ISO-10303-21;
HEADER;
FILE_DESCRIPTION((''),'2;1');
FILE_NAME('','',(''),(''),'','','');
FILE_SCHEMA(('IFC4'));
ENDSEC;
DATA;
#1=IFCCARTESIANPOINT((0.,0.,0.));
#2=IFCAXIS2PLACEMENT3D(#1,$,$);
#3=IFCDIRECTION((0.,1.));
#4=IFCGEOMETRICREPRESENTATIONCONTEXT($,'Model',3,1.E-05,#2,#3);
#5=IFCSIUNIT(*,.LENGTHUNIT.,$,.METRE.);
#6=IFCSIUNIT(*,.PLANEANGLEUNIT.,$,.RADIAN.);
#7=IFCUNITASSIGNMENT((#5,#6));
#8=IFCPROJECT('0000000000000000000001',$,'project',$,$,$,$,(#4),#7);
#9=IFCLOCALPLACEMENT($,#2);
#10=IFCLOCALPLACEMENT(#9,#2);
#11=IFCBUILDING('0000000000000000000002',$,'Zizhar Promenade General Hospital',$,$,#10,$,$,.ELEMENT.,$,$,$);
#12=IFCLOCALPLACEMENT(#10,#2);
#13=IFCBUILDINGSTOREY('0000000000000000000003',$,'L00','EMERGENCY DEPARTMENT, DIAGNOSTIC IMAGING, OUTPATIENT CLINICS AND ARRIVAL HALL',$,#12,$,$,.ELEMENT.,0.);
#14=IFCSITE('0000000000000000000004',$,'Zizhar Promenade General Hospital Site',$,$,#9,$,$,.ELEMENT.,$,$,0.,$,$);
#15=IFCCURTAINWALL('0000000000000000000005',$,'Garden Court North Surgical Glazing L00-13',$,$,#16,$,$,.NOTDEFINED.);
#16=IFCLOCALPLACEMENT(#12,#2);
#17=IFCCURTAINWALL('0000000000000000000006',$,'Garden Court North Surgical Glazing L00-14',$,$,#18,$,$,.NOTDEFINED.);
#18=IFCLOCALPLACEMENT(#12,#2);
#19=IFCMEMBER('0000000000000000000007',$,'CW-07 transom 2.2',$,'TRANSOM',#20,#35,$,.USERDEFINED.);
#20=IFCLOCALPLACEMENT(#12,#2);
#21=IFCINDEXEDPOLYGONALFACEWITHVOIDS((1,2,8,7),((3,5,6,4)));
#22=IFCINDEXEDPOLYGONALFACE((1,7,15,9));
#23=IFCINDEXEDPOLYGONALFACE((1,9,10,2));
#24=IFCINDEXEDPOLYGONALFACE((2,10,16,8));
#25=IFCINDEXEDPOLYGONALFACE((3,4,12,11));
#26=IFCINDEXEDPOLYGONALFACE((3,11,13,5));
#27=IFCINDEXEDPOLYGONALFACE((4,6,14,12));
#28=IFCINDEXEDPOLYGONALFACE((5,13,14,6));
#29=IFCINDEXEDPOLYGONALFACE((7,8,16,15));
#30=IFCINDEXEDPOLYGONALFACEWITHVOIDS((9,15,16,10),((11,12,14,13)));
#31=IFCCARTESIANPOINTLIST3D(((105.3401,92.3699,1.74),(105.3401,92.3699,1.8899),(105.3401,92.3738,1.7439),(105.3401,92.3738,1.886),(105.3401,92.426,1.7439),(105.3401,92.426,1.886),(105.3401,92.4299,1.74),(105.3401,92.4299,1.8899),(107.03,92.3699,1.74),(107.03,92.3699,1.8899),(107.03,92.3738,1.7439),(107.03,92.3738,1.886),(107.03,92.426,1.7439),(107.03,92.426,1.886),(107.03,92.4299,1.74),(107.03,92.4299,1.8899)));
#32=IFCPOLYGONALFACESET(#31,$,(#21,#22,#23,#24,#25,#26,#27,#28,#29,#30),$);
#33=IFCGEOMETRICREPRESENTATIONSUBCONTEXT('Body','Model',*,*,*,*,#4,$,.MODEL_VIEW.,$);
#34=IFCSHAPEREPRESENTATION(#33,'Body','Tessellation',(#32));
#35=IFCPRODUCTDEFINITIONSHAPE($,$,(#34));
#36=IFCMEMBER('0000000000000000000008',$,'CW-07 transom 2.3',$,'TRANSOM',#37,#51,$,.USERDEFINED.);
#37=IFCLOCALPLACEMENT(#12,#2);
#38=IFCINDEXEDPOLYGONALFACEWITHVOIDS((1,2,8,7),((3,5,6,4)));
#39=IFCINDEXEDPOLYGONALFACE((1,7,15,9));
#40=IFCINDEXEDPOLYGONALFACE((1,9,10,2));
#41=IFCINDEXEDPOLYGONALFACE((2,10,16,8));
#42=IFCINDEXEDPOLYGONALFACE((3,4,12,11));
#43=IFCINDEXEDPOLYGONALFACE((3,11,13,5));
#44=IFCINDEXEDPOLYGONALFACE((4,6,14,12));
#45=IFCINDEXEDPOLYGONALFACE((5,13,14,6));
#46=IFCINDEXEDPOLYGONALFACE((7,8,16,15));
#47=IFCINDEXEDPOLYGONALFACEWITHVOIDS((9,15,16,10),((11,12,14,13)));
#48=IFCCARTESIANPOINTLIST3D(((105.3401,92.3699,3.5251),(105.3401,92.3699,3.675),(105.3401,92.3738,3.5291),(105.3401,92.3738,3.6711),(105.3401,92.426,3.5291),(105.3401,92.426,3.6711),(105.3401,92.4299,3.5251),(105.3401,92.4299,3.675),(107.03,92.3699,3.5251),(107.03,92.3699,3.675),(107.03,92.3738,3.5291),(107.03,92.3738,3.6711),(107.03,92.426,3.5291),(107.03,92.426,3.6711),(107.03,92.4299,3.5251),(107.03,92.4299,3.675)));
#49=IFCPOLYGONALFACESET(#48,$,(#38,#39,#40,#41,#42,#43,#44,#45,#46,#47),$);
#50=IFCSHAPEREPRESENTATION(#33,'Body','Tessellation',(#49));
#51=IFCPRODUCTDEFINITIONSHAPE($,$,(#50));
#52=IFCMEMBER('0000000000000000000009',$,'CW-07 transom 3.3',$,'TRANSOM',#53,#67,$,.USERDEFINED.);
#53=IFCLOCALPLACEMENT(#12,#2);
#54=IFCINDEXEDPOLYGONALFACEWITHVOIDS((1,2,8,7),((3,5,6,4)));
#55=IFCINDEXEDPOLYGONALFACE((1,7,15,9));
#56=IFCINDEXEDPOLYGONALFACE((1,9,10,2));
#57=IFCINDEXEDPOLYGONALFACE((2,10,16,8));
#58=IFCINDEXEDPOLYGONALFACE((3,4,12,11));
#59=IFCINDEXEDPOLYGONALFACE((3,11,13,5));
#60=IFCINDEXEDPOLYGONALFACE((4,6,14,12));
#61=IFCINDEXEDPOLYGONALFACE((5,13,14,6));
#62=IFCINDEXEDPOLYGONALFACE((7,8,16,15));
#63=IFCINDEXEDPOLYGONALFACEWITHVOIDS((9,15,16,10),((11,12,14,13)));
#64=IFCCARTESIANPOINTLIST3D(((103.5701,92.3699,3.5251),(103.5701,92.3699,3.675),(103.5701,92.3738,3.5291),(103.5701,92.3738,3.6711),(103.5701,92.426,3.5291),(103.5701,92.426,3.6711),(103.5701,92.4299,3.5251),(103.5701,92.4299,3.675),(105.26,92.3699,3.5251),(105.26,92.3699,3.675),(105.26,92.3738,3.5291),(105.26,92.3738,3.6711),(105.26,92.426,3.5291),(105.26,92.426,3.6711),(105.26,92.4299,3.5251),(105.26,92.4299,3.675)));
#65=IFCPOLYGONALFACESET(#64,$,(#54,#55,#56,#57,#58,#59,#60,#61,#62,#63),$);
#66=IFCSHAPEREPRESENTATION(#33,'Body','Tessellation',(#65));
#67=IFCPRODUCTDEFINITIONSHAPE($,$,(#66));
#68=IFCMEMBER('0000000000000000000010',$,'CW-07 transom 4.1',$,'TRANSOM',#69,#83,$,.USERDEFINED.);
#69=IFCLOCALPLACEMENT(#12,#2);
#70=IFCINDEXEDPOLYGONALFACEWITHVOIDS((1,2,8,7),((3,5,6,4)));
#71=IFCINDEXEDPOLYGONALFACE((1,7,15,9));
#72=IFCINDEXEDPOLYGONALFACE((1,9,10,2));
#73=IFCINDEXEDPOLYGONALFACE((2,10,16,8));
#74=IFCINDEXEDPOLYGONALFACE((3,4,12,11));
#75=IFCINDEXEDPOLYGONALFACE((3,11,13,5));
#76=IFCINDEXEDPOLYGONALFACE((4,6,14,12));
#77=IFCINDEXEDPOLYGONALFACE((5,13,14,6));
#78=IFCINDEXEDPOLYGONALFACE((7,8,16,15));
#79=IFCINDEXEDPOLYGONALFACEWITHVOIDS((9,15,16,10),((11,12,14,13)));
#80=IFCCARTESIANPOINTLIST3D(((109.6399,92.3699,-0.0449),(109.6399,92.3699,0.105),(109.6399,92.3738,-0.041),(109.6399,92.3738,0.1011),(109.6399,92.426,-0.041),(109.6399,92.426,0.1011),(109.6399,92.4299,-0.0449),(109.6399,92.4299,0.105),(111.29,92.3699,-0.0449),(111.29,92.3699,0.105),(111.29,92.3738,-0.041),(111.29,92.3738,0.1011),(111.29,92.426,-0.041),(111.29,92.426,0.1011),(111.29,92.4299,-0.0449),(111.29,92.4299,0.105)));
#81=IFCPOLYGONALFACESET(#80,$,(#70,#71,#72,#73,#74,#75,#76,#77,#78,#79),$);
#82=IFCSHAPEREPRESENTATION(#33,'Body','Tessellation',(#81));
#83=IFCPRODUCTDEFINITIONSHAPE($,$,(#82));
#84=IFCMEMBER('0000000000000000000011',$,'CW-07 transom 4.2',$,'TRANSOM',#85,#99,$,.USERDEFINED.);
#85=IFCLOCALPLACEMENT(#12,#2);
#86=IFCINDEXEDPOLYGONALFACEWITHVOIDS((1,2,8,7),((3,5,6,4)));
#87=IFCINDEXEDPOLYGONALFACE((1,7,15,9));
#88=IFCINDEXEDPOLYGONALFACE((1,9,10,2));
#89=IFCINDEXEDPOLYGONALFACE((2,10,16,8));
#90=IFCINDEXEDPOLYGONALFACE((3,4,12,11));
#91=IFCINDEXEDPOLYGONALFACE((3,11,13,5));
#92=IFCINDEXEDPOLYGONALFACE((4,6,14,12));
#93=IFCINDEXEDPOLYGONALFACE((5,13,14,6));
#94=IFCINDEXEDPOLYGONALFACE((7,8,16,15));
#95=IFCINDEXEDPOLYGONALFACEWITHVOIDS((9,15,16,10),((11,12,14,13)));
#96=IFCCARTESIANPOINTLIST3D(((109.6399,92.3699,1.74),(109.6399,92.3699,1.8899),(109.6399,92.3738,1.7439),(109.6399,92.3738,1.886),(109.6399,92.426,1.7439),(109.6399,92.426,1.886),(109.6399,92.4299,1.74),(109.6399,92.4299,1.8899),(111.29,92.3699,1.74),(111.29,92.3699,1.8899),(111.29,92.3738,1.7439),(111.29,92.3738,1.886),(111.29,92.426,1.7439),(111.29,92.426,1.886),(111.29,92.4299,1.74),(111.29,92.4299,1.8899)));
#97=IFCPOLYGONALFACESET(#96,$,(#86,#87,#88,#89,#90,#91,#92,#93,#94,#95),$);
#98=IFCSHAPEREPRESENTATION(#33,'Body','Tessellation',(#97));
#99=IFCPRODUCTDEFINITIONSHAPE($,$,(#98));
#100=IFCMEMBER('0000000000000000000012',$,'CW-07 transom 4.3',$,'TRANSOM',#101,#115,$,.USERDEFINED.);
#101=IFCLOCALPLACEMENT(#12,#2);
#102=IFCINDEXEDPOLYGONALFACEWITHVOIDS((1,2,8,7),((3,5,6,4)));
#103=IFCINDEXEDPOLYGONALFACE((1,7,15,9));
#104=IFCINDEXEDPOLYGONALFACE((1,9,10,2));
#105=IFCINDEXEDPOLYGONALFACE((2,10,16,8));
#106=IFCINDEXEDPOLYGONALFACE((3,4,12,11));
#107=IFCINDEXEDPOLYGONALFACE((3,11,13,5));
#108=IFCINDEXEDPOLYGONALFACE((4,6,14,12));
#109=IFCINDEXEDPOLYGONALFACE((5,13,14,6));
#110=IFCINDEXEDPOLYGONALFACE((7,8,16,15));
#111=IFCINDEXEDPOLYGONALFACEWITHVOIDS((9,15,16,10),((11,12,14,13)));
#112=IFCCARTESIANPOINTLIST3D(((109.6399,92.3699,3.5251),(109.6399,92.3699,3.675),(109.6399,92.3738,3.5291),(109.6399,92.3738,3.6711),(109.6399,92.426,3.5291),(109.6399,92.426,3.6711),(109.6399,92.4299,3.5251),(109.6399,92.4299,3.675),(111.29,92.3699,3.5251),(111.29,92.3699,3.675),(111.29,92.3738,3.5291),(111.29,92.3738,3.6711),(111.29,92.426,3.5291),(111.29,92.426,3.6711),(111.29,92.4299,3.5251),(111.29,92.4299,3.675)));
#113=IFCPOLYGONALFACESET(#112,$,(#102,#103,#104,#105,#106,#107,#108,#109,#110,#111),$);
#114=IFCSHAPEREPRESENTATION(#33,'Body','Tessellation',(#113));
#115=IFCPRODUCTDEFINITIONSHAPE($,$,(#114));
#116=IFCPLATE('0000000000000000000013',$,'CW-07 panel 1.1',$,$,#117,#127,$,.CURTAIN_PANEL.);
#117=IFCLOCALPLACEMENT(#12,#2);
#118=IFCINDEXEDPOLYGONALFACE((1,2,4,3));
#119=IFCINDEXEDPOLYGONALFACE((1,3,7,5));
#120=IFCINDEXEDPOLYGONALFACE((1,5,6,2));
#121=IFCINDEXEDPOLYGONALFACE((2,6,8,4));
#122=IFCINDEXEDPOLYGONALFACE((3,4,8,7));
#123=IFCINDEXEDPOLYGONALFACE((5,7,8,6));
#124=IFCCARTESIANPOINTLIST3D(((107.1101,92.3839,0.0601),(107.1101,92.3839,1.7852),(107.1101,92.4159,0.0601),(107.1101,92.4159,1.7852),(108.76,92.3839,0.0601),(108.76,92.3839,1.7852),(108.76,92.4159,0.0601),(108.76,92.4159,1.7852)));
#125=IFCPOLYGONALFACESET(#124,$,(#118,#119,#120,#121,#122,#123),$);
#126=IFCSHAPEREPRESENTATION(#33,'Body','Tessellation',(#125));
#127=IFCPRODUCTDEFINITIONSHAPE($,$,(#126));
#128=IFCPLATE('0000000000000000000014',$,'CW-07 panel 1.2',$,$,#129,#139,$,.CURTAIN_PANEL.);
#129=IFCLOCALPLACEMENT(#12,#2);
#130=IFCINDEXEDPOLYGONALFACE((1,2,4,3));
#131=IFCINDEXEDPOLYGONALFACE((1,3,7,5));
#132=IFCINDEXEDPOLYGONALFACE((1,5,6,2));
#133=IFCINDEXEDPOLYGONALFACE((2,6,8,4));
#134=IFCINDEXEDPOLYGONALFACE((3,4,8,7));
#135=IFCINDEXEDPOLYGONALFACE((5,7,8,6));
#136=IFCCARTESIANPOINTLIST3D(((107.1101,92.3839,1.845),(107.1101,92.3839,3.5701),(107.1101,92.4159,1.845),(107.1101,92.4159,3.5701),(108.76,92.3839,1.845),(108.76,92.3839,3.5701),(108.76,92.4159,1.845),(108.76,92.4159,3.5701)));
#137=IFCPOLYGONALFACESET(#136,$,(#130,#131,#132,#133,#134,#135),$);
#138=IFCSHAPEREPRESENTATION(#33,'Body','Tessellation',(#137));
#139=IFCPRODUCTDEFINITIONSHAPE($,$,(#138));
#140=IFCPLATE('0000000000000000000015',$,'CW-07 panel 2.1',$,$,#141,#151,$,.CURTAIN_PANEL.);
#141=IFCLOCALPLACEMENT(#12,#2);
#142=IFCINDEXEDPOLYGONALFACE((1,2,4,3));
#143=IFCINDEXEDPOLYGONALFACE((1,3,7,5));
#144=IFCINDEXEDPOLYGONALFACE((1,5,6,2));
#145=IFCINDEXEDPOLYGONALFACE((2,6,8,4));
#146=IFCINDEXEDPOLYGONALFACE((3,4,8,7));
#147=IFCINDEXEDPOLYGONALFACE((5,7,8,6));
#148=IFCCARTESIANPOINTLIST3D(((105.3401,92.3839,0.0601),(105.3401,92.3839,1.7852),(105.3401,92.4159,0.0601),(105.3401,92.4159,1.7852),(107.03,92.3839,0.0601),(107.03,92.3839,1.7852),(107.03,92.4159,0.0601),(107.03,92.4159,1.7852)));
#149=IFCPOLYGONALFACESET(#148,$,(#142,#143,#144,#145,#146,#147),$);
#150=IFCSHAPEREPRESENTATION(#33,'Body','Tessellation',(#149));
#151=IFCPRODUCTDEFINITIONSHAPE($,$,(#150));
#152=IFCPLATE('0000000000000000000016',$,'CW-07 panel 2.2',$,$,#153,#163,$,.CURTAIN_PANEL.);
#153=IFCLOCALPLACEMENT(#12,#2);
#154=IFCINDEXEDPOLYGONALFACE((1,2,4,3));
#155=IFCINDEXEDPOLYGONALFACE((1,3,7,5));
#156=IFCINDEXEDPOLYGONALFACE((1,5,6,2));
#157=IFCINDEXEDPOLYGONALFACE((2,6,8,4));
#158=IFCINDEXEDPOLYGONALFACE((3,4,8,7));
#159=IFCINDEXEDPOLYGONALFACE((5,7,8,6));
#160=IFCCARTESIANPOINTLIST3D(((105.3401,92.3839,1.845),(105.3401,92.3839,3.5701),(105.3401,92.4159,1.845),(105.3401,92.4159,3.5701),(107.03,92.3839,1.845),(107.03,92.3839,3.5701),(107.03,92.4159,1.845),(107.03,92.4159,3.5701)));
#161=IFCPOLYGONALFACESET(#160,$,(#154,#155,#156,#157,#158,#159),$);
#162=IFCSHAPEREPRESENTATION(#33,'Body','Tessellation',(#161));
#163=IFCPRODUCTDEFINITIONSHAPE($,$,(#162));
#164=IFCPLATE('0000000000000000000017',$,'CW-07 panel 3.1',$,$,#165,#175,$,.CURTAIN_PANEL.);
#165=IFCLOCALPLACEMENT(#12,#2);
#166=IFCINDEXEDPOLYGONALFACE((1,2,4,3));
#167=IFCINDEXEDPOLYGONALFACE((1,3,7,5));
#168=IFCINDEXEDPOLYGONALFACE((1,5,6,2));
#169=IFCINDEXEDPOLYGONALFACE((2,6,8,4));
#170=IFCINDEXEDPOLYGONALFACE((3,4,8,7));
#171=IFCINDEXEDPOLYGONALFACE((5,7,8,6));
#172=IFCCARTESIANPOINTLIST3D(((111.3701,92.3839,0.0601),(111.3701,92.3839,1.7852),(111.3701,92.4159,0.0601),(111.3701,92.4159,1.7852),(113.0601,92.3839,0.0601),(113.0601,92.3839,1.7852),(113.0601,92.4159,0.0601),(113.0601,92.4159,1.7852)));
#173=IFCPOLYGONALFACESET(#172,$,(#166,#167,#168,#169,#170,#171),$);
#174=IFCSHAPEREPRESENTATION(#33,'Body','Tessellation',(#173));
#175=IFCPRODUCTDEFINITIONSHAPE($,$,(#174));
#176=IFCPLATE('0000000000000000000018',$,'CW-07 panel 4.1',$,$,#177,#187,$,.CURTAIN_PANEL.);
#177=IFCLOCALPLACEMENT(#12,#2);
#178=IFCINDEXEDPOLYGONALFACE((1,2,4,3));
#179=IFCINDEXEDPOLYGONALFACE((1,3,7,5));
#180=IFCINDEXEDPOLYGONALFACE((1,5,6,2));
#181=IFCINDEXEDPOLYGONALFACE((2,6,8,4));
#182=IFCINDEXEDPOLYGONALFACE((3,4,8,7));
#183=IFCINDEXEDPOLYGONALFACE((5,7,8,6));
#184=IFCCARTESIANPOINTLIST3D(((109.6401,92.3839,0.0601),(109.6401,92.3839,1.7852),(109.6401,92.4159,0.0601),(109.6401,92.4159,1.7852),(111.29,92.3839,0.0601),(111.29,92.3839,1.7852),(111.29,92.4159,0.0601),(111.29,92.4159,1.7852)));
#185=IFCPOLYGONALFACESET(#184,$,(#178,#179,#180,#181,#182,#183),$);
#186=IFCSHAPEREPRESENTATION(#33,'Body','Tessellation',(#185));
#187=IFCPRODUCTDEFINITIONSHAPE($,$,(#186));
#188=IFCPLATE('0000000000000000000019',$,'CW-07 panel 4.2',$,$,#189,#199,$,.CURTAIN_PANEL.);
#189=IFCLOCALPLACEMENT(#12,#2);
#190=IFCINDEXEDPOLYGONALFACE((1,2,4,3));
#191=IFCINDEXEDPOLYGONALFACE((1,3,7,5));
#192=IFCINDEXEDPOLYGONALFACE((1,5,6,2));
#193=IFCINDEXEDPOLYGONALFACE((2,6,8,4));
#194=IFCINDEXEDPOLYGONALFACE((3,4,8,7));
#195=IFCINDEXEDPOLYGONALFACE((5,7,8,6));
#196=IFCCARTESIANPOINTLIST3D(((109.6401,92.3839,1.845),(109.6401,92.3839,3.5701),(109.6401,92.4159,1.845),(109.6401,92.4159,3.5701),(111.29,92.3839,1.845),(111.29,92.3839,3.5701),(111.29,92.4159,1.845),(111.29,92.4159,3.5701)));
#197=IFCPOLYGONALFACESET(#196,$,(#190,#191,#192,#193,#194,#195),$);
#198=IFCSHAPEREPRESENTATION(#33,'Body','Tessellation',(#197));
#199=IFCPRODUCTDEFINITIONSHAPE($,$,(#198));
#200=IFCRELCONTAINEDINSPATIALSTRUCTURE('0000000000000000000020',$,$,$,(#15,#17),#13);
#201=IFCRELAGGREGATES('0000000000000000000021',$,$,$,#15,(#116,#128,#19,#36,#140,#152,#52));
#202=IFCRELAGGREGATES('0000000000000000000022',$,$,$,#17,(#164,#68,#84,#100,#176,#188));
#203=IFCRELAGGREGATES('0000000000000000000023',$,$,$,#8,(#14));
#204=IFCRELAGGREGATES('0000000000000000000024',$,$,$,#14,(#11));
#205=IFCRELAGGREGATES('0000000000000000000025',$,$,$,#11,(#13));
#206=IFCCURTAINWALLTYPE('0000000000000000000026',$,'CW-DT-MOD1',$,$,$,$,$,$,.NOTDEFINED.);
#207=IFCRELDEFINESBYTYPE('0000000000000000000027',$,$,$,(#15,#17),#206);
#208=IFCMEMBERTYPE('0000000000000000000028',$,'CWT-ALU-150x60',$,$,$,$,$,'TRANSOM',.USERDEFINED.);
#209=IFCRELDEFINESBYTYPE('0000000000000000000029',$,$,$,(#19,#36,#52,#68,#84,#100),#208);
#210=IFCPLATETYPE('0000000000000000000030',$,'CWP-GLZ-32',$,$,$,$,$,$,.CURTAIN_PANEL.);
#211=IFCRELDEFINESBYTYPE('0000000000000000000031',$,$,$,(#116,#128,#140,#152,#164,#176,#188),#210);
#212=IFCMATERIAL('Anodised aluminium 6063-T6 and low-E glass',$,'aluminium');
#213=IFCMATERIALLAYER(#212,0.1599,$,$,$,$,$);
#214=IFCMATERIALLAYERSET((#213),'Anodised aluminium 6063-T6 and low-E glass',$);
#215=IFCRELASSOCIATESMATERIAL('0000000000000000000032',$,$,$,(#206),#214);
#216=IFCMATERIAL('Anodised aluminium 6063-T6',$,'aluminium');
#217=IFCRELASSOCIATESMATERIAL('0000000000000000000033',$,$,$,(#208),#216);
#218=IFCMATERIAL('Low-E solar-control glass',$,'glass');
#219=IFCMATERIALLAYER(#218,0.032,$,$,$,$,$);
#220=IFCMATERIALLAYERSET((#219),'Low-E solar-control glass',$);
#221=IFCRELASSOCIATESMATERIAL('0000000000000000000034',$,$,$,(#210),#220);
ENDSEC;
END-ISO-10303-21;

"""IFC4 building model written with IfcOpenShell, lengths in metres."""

from ifc_helpers import new_model, si_unit, direction, frame, origin, origin_2d, place, context, subcontext, project, spatial, rectangle, hollow_rectangle, extrude, material, layer, layer_set, material_profile, profile_set, type_object, element, aggregate, save


model = new_model("IFC4")

# Units and contexts
model_context = context("Model", 3, precision=1e-05, world=origin(), true_north=direction((0.0, 1.0)))
body_context = subcontext(model_context, "Body", "Model", "MODEL_VIEW")
ifc_project = project(units=[si_unit("LENGTHUNIT", "METRE"), si_unit("PLANEANGLEUNIT", "RADIAN")], contexts=[model_context])

# Site, building, storey
site_placement = place(None, origin())
site = spatial("IfcSite", under=ifc_project, at=site_placement, Name="Zizhar Promenade General Hospital Site", CompositionType="ELEMENT", RefElevation=0.0)
building_placement = place(site_placement, origin())
building = spatial("IfcBuilding", under=site, at=building_placement, Name="Zizhar Promenade General Hospital", CompositionType="ELEMENT")
storey_placement = place(building_placement, origin())
storey = spatial("IfcBuildingStorey", under=building, at=storey_placement, Name="L00", Description="EMERGENCY DEPARTMENT, DIAGNOSTIC IMAGING, OUTPATIENT CLINICS AND ARRIVAL HALL", CompositionType="ELEMENT", Elevation=0.0)

# Curtain walls
ifc_material_1 = material(Name="Anodised aluminium 6063-T6 and low-E glass", Category="aluminium")
ifc_layer_1 = layer(ifc_material_1, 0.1599)
ifc_layer_set_1 = layer_set([ifc_layer_1], Name="Anodised aluminium 6063-T6 and low-E glass")
curtain_wall_type = type_object("IfcCurtainWallType", Name="CW-DT-MOD1", PredefinedType="NOTDEFINED", material=ifc_layer_set_1)
curtain_wall_1_placement = place(storey_placement, origin())
curtain_wall_1 = element("IfcCurtainWall", 1, at=curtain_wall_1_placement, inside=storey, type_object=curtain_wall_type, Name="Garden Court North Surgical Glazing L00-13", PredefinedType="NOTDEFINED")
curtain_wall_2_placement = place(storey_placement, origin())
curtain_wall_2 = element("IfcCurtainWall", 2, at=curtain_wall_2_placement, inside=storey, type_object=curtain_wall_type, Name="Garden Court North Surgical Glazing L00-14", PredefinedType="NOTDEFINED")

# Members
ifc_material_2 = material(Name="Anodised aluminium 6063-T6", Category="aluminium")
ifc_material_profile_1 = material_profile(ifc_material_2, hollow_rectangle(XDim=0.0601, YDim=0.1499, WallThickness=0.0039, at=origin_2d()))
ifc_profile_set_1 = profile_set([ifc_material_profile_1], Name="Anodised aluminium 6063-T6")
member_type_1 = type_object("IfcMemberType", Name="CWT-ALU-150x60", ElementType="TRANSOM", PredefinedType="USERDEFINED", material=ifc_profile_set_1)
member_1_placement = place(storey_placement, frame((107.03, 92.3999, 1.8149), z_axis=(-1.0, 0.0, 0.0), x_axis=(0.0, -1.0, 0.0)))
member_1 = element("IfcMember", 3, at=member_1_placement, type_object=member_type_1, Name="CW-07 transom 2.2", ObjectType="TRANSOM", PredefinedType="USERDEFINED", context=body_context, shape_type="SweptSolid", body=[
    extrude(hollow_rectangle(XDim=0.0601, YDim=0.1499, WallThickness=0.0039, at=origin_2d()), origin(), (0.0, 0.0, 1.0), 1.6899),
])
member_2_placement = place(storey_placement, frame((107.03, 92.3999, 3.6001), z_axis=(-1.0, 0.0, 0.0), x_axis=(0.0, -1.0, 0.0)))
member_2 = element("IfcMember", 4, at=member_2_placement, type_object=member_type_1, Name="CW-07 transom 2.3", ObjectType="TRANSOM", PredefinedType="USERDEFINED", context=body_context, shape_type="SweptSolid", body=[
    extrude(hollow_rectangle(XDim=0.0601, YDim=0.1499, WallThickness=0.0039, at=origin_2d()), origin(), (0.0, 0.0, 1.0), 1.6899),
])
member_3_placement = place(storey_placement, frame((105.26, 92.3999, 3.6001), z_axis=(-1.0, 0.0, 0.0), x_axis=(0.0, -1.0, 0.0)))
member_3 = element("IfcMember", 5, at=member_3_placement, type_object=member_type_1, Name="CW-07 transom 3.3", ObjectType="TRANSOM", PredefinedType="USERDEFINED", context=body_context, shape_type="SweptSolid", body=[
    extrude(hollow_rectangle(XDim=0.0601, YDim=0.1499, WallThickness=0.0039, at=origin_2d()), origin(), (0.0, 0.0, 1.0), 1.6899),
])
member_4_placement = place(storey_placement, frame((111.29, 92.3999, 0.03), z_axis=(-1.0, 0.0, 0.0), x_axis=(0.0, -1.0, 0.0)))
member_4 = element("IfcMember", 6, at=member_4_placement, type_object=member_type_1, Name="CW-07 transom 4.1", ObjectType="TRANSOM", PredefinedType="USERDEFINED", context=body_context, shape_type="SweptSolid", body=[
    extrude(hollow_rectangle(XDim=0.0601, YDim=0.1499, WallThickness=0.0039, at=origin_2d()), origin(), (0.0, 0.0, 1.0), 1.6501),
])
member_5_placement = place(storey_placement, frame((111.29, 92.3999, 1.8149), z_axis=(-1.0, 0.0, 0.0), x_axis=(0.0, -1.0, 0.0)))
member_5 = element("IfcMember", 7, at=member_5_placement, type_object=member_type_1, Name="CW-07 transom 4.2", ObjectType="TRANSOM", PredefinedType="USERDEFINED", context=body_context, shape_type="SweptSolid", body=[
    extrude(hollow_rectangle(XDim=0.0601, YDim=0.1499, WallThickness=0.0039, at=origin_2d()), origin(), (0.0, 0.0, 1.0), 1.6501),
])
member_6_placement = place(storey_placement, frame((111.29, 92.3999, 3.6001), z_axis=(-1.0, 0.0, 0.0), x_axis=(0.0, -1.0, 0.0)))
member_6 = element("IfcMember", 8, at=member_6_placement, type_object=member_type_1, Name="CW-07 transom 4.3", ObjectType="TRANSOM", PredefinedType="USERDEFINED", context=body_context, shape_type="SweptSolid", body=[
    extrude(hollow_rectangle(XDim=0.0601, YDim=0.1499, WallThickness=0.0039, at=origin_2d()), origin(), (0.0, 0.0, 1.0), 1.6501),
])

# Plates
ifc_material_3 = material(Name="Low-E solar-control glass", Category="glass")
ifc_layer_2 = layer(ifc_material_3, 0.032)
ifc_layer_set_2 = layer_set([ifc_layer_2], Name="Low-E solar-control glass")
plate_type = type_object("IfcPlateType", Name="CWP-GLZ-32", PredefinedType="CURTAIN_PANEL", material=ifc_layer_set_2)
plate_1_placement = place(storey_placement, frame((107.9351, 92.3999, 0.0601), z_axis=(0.0, 0.0, 1.0), x_axis=(-1.0, 0.0, 0.0)))
plate_1 = element("IfcPlate", 9, at=plate_1_placement, type_object=plate_type, Name="CW-07 panel 1.1", PredefinedType="CURTAIN_PANEL", context=body_context, shape_type="SweptSolid", body=[
    extrude(rectangle(XDim=1.6499, YDim=0.032, at=origin_2d()), origin(), (0.0, 0.0, 1.0), 1.7251),
])
plate_2_placement = place(storey_placement, frame((107.9351, 92.3999, 1.845), z_axis=(0.0, 0.0, 1.0), x_axis=(-1.0, 0.0, 0.0)))
plate_2 = element("IfcPlate", 10, at=plate_2_placement, type_object=plate_type, Name="CW-07 panel 1.2", PredefinedType="CURTAIN_PANEL", context=body_context, shape_type="SweptSolid", body=[
    extrude(rectangle(XDim=1.6499, YDim=0.032, at=origin_2d()), origin(), (0.0, 0.0, 1.0), 1.7251),
])
plate_3_placement = place(storey_placement, frame((106.1851, 92.3999, 0.0601), z_axis=(0.0, 0.0, 1.0), x_axis=(-1.0, 0.0, 0.0)))
plate_3 = element("IfcPlate", 11, at=plate_3_placement, type_object=plate_type, Name="CW-07 panel 2.1", PredefinedType="CURTAIN_PANEL", context=body_context, shape_type="SweptSolid", body=[
    extrude(rectangle(XDim=1.6899, YDim=0.032, at=origin_2d()), origin(), (0.0, 0.0, 1.0), 1.7251),
])
plate_4_placement = place(storey_placement, frame((106.1851, 92.3999, 1.845), z_axis=(0.0, 0.0, 1.0), x_axis=(-1.0, 0.0, 0.0)))
plate_4 = element("IfcPlate", 12, at=plate_4_placement, type_object=plate_type, Name="CW-07 panel 2.2", PredefinedType="CURTAIN_PANEL", context=body_context, shape_type="SweptSolid", body=[
    extrude(rectangle(XDim=1.6899, YDim=0.032, at=origin_2d()), origin(), (0.0, 0.0, 1.0), 1.7251),
])
aggregate(curtain_wall_1, [plate_1, plate_2, member_1, member_2, plate_3, plate_4, member_3])
plate_5_placement = place(storey_placement, frame((112.2151, 92.3999, 0.0601), z_axis=(0.0, 0.0, 1.0), x_axis=(-1.0, 0.0, 0.0)))
plate_5 = element("IfcPlate", 13, at=plate_5_placement, type_object=plate_type, Name="CW-07 panel 3.1", PredefinedType="CURTAIN_PANEL", context=body_context, shape_type="SweptSolid", body=[
    extrude(rectangle(XDim=1.6899, YDim=0.032, at=origin_2d()), origin(), (0.0, 0.0, 1.0), 1.7251),
])
plate_6_placement = place(storey_placement, frame((110.4651, 92.3999, 0.0601), z_axis=(0.0, 0.0, 1.0), x_axis=(-1.0, 0.0, 0.0)))
plate_6 = element("IfcPlate", 14, at=plate_6_placement, type_object=plate_type, Name="CW-07 panel 4.1", PredefinedType="CURTAIN_PANEL", context=body_context, shape_type="SweptSolid", body=[
    extrude(rectangle(XDim=1.6499, YDim=0.032, at=origin_2d()), origin(), (0.0, 0.0, 1.0), 1.7251),
])
plate_7_placement = place(storey_placement, frame((110.4651, 92.3999, 1.845), z_axis=(0.0, 0.0, 1.0), x_axis=(-1.0, 0.0, 0.0)))
plate_7 = element("IfcPlate", 15, at=plate_7_placement, type_object=plate_type, Name="CW-07 panel 4.2", PredefinedType="CURTAIN_PANEL", context=body_context, shape_type="SweptSolid", body=[
    extrude(rectangle(XDim=1.6499, YDim=0.032, at=origin_2d()), origin(), (0.0, 0.0, 1.0), 1.7251),
])
aggregate(curtain_wall_2, [plate_5, member_4, member_5, member_6, plate_6, plate_7])

save(model, "model.ifc")
